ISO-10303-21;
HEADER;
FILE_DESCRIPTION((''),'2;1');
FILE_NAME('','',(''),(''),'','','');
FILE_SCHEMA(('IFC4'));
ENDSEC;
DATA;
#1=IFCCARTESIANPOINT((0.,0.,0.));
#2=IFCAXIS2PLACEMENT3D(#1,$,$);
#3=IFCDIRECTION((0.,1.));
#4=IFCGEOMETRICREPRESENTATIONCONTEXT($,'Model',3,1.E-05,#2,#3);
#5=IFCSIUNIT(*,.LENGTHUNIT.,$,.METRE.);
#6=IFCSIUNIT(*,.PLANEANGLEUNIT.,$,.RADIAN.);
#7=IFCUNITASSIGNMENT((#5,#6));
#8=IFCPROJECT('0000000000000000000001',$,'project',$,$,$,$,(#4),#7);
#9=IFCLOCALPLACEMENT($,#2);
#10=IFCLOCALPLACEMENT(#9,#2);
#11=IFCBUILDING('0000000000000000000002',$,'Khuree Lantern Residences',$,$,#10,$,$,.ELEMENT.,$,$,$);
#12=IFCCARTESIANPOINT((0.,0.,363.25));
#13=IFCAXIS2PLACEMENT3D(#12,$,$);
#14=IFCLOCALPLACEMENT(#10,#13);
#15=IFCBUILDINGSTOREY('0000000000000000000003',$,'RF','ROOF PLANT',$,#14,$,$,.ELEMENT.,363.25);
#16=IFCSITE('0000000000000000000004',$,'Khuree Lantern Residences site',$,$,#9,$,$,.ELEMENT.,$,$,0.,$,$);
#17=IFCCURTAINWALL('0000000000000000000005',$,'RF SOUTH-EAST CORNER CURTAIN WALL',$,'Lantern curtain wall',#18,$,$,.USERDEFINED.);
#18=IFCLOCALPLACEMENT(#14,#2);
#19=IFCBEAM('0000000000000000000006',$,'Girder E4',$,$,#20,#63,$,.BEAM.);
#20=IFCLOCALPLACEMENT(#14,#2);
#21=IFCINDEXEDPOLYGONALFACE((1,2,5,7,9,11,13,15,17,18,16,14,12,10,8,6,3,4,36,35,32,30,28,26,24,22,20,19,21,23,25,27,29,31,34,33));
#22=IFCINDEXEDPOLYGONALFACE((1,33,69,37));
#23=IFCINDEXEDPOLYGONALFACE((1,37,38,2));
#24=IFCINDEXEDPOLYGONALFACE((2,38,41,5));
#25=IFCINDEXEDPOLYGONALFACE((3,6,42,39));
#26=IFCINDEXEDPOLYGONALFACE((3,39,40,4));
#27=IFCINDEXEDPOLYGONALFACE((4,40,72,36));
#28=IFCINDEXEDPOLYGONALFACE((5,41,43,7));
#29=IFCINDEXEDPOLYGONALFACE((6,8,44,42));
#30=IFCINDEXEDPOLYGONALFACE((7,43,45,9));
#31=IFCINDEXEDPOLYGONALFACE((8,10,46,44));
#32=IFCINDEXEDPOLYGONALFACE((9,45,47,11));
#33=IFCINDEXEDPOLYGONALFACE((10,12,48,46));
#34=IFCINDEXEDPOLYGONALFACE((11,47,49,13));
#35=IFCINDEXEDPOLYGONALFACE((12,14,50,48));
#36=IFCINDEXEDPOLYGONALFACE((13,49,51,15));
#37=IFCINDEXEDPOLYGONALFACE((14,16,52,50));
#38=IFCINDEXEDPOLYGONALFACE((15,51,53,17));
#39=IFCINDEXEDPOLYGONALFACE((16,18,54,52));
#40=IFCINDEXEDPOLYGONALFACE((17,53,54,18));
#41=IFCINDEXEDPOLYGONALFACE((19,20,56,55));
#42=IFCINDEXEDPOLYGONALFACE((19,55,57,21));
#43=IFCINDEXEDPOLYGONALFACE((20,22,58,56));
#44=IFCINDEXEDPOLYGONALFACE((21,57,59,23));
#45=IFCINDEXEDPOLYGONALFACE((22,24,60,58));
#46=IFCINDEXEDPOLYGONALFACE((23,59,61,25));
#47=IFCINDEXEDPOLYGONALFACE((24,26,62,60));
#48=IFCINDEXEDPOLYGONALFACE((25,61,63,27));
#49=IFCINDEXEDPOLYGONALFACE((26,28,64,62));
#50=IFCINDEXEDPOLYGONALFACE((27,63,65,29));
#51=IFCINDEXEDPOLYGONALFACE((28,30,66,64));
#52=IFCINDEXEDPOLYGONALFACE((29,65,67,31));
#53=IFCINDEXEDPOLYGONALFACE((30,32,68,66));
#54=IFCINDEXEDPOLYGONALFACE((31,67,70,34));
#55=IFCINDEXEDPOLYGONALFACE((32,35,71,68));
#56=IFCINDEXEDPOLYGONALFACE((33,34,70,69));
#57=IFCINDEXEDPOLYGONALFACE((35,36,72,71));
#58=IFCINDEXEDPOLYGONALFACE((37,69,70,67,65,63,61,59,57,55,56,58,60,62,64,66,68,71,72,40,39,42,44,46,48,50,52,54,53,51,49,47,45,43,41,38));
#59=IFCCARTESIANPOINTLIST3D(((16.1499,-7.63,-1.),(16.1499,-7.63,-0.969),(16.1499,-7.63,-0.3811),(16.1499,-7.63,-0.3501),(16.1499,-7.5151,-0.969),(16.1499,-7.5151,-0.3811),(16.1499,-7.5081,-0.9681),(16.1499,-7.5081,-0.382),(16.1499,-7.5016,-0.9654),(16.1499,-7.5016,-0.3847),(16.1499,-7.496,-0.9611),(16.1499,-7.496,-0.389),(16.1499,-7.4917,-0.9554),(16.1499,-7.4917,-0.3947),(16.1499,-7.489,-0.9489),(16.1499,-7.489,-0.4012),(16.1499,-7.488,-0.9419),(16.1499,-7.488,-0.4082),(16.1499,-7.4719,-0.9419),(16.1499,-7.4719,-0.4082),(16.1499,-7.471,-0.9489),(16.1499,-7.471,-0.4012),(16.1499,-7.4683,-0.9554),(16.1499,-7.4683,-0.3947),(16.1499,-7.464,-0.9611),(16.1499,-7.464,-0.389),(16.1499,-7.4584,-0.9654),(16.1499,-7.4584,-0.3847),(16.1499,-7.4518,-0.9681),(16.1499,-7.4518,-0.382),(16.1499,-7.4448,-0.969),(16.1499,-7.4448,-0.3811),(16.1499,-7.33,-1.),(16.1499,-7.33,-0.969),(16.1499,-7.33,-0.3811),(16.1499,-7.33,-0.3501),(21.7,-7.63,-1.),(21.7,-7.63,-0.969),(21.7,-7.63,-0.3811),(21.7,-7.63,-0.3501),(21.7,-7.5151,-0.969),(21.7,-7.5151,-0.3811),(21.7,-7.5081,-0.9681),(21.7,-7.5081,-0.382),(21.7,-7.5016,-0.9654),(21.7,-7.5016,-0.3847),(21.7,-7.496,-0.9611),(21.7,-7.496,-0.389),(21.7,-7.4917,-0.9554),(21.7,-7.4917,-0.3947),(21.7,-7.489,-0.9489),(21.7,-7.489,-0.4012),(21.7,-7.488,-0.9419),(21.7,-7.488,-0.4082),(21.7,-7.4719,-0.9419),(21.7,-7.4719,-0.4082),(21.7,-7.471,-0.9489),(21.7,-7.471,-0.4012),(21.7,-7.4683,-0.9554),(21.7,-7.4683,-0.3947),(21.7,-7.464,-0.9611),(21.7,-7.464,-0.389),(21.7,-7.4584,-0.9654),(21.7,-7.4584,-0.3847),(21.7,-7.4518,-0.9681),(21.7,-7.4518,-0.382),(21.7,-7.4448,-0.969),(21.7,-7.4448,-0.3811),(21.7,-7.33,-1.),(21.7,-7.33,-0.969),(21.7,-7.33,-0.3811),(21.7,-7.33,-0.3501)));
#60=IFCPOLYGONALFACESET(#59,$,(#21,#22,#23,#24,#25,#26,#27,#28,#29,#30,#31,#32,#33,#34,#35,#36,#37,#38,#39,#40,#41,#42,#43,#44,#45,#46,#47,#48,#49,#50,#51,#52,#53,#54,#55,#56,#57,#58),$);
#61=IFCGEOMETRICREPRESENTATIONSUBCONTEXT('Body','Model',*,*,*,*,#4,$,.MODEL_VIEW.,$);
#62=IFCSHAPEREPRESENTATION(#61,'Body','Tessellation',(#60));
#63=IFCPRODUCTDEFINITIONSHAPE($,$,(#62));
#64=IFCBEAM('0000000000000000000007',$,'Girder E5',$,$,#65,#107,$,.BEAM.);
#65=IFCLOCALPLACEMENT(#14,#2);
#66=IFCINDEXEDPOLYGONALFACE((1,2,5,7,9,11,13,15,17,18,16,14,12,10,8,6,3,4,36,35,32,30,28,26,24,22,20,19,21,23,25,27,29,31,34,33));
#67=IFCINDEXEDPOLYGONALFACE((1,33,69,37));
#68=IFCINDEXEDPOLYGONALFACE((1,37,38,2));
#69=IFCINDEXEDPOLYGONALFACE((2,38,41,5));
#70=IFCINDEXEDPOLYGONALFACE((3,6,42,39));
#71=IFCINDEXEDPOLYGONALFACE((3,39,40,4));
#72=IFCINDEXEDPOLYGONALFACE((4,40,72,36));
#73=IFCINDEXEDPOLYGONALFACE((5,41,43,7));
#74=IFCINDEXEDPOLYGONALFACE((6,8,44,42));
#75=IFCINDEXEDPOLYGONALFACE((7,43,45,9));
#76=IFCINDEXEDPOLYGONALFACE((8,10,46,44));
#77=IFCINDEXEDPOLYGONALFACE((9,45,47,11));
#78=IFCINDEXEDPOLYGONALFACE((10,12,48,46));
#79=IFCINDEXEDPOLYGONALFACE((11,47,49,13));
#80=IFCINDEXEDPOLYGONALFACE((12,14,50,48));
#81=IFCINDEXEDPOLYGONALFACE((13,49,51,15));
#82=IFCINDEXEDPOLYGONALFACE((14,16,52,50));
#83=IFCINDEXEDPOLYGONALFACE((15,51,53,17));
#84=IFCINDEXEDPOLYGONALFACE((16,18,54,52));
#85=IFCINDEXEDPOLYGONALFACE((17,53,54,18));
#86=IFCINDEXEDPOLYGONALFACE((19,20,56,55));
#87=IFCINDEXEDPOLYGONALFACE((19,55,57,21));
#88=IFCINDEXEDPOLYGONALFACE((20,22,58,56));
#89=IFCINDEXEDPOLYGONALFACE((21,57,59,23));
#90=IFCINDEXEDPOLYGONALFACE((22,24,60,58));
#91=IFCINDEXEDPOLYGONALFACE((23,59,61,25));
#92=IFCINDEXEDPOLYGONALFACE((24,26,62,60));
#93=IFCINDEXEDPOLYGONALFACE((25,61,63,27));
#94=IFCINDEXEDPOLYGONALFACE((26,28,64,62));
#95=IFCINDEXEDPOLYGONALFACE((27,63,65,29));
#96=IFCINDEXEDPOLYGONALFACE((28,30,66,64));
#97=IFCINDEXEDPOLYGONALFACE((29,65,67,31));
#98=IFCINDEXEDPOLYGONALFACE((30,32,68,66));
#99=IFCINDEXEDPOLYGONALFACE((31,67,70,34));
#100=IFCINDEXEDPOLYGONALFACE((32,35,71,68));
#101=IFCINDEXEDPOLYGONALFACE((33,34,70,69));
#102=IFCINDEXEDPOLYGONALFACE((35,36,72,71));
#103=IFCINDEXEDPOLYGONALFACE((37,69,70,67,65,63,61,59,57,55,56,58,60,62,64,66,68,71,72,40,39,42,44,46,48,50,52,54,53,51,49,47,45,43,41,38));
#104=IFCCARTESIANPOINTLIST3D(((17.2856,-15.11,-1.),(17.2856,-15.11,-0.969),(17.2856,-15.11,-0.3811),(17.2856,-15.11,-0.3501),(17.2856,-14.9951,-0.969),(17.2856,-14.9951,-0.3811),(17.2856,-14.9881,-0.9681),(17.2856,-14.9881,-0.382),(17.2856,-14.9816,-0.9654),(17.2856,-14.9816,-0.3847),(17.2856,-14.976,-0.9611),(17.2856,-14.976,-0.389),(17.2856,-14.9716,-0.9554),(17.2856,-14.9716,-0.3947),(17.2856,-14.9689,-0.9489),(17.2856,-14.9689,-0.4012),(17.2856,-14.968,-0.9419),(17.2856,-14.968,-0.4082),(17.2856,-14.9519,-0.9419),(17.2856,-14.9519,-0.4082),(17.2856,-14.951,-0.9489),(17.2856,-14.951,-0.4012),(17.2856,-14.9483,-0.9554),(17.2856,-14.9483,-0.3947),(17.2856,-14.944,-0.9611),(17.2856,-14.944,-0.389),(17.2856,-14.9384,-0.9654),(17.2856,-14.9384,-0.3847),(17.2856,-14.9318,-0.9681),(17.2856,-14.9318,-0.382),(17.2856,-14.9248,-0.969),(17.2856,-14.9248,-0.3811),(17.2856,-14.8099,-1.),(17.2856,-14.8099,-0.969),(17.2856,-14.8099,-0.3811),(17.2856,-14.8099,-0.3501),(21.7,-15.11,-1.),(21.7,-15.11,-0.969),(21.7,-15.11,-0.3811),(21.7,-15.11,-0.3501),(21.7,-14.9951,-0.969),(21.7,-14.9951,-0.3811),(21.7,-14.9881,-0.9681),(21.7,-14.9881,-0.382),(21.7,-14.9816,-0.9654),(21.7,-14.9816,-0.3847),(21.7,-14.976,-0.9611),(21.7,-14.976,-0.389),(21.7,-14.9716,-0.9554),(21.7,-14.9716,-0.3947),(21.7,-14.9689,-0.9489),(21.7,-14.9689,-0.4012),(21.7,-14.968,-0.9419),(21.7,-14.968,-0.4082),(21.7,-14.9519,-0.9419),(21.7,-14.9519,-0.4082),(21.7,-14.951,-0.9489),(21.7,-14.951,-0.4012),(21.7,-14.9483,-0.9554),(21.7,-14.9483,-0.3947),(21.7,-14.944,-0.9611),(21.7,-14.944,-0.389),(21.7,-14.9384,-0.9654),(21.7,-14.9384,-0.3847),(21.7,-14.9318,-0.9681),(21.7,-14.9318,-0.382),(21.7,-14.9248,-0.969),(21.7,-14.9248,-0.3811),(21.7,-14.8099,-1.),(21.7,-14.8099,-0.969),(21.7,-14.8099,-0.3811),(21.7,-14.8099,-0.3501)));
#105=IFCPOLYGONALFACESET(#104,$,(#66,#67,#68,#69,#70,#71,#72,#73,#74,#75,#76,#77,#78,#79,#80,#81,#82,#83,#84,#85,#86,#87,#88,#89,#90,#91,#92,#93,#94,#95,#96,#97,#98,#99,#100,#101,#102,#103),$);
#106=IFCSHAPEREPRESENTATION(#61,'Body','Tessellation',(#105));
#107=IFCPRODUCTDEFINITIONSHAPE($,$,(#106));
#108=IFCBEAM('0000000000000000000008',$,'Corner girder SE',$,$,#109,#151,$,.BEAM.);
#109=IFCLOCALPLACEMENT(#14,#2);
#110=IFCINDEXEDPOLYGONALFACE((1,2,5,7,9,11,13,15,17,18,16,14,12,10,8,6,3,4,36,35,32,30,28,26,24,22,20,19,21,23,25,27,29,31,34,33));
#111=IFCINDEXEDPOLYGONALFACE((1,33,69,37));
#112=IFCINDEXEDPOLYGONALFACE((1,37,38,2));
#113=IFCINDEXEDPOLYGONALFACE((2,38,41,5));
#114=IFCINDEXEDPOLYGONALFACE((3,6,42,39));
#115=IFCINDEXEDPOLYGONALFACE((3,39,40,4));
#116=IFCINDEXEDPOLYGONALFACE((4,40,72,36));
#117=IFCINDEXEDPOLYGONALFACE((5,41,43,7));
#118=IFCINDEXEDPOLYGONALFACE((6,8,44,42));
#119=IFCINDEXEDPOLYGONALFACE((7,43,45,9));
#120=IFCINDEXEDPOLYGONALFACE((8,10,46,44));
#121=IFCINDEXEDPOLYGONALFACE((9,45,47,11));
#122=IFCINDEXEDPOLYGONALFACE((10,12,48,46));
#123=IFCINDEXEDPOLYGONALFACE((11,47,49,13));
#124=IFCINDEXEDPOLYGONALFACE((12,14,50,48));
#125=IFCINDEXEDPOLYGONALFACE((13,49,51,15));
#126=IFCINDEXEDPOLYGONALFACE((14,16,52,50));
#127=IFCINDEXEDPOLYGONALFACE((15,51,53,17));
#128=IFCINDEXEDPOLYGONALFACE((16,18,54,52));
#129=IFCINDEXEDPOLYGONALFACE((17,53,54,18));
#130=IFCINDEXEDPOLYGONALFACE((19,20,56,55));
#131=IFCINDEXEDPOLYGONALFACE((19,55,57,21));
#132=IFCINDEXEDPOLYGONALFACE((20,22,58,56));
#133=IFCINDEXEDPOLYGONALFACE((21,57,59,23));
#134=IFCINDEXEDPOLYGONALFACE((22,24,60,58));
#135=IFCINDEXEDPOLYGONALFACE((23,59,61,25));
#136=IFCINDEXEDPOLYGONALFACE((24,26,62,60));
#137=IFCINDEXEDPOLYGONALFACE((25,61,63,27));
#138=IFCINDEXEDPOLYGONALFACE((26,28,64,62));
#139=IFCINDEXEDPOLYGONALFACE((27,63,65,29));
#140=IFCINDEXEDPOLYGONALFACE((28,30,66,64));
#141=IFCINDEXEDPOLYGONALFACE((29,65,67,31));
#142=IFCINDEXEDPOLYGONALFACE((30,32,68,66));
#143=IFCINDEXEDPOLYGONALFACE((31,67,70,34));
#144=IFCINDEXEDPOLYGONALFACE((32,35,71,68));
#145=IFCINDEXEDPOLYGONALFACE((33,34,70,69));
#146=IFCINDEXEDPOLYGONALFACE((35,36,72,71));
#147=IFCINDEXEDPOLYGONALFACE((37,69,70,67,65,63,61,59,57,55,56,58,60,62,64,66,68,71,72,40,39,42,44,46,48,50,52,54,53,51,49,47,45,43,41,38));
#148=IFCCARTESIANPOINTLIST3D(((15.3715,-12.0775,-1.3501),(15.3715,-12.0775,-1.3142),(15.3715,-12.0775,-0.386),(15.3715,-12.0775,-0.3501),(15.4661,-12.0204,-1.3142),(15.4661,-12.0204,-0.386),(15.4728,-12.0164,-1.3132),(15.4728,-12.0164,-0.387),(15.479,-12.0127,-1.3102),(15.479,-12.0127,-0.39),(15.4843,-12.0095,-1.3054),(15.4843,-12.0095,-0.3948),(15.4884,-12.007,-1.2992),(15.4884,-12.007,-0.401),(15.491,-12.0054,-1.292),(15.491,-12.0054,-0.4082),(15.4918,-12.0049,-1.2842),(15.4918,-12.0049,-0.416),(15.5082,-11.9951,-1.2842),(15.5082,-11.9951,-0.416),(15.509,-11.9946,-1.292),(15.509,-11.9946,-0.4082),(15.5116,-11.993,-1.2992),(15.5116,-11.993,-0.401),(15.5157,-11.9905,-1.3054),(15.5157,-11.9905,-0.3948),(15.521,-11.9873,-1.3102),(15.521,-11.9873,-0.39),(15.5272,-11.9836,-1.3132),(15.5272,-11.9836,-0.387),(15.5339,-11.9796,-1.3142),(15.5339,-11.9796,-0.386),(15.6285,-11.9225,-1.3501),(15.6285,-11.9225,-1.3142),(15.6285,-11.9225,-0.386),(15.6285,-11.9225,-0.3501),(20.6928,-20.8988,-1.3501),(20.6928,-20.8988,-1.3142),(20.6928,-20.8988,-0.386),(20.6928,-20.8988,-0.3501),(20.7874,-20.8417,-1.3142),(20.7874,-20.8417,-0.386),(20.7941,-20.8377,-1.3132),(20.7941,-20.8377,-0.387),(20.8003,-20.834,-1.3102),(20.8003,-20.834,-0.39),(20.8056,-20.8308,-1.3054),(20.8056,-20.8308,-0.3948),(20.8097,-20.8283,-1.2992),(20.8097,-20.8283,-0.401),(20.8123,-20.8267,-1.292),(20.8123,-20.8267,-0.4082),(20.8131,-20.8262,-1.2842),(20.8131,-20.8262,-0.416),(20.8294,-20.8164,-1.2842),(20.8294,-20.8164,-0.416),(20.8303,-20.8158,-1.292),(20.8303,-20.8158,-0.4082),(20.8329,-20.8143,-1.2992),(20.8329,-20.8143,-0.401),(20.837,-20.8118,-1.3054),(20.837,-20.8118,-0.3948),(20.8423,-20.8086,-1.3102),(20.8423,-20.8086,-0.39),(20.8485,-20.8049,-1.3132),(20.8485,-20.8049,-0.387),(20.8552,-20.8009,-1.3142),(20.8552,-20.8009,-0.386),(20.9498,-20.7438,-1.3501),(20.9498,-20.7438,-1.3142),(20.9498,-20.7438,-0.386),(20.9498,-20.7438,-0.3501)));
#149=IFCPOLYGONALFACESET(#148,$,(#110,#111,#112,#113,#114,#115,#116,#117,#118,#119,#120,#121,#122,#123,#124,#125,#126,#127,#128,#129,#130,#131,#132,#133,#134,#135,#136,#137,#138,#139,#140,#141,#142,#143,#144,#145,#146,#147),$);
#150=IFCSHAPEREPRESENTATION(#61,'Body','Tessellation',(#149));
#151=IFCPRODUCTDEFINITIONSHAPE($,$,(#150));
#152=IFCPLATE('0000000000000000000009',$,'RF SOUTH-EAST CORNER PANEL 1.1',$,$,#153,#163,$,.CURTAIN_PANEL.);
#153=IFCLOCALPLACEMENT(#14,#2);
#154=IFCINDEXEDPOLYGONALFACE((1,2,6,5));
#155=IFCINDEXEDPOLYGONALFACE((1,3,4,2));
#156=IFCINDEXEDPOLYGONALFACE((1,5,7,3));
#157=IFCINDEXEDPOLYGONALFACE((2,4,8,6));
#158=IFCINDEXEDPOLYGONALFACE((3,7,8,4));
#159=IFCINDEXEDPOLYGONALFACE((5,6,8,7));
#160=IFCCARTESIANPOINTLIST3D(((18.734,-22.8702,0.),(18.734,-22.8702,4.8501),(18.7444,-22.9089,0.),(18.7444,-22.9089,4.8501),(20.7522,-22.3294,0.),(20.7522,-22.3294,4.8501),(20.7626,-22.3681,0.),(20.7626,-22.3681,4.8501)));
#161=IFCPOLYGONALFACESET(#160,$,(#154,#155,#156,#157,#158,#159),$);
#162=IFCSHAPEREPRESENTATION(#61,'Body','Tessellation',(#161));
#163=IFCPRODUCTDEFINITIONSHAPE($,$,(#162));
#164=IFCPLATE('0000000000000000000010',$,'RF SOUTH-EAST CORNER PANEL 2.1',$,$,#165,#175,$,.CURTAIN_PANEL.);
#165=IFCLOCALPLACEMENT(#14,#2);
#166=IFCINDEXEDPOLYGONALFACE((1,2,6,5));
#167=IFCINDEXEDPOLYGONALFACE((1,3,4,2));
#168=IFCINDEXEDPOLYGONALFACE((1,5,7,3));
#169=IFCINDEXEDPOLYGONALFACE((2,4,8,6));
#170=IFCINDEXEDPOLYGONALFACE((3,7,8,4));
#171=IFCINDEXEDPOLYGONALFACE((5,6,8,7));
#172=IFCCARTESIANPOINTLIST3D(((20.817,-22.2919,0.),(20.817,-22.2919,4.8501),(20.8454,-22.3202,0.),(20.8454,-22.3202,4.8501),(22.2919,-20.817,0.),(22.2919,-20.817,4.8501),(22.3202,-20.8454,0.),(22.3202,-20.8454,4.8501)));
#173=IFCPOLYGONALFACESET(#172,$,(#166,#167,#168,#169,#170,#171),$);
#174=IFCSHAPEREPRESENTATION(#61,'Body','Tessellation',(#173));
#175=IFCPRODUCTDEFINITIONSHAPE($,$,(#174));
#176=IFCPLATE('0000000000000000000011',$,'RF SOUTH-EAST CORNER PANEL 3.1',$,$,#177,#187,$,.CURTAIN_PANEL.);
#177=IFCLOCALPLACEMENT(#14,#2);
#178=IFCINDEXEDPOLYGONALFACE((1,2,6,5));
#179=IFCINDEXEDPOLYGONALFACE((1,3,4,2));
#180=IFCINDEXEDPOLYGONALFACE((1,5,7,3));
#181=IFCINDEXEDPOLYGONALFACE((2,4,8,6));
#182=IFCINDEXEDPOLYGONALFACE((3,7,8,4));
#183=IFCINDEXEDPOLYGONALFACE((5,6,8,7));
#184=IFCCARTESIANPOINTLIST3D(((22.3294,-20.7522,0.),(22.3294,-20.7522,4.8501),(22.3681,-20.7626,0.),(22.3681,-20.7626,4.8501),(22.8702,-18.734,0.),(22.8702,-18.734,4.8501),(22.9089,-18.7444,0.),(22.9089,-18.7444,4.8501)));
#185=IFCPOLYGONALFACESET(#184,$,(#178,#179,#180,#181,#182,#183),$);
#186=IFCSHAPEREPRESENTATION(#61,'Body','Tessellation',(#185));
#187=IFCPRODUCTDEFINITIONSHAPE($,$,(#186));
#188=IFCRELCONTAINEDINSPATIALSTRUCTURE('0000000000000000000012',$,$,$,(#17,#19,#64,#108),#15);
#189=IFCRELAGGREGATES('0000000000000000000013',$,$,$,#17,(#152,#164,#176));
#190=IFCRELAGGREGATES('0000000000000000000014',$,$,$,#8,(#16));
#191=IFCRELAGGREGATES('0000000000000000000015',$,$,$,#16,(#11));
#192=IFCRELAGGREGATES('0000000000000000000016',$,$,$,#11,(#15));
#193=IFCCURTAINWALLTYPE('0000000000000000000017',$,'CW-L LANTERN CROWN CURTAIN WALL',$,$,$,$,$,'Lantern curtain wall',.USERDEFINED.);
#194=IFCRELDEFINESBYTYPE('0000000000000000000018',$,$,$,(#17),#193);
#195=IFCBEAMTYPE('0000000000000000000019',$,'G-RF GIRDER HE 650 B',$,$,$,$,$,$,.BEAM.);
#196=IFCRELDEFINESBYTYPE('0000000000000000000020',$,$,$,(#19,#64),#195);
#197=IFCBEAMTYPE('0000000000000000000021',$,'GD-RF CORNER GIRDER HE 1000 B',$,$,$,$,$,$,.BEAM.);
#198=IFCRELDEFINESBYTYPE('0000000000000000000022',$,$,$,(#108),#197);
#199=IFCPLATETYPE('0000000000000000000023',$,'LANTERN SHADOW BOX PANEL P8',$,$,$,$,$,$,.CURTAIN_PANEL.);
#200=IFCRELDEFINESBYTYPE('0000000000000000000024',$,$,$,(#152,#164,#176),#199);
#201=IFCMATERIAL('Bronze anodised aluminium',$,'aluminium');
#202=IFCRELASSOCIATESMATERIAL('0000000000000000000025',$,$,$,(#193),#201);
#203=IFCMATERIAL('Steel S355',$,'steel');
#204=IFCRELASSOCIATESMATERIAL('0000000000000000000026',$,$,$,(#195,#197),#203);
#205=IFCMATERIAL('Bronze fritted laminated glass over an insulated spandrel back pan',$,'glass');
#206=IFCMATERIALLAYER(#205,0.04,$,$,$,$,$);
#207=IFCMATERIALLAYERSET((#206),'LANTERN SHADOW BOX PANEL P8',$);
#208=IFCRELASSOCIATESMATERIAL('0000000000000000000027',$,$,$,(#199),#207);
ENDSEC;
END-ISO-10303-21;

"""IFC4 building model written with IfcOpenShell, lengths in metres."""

from ifc_helpers import new_model, si_unit, direction, frame, origin, origin_2d, place, context, subcontext, project, spatial, rectangle, i_section, extrude, material, layer, layer_set, material_profile, profile_set, type_object, element, aggregate, save


model = new_model("IFC4")

# Units and contexts
model_context = context("Model", 3, precision=1e-05, world=origin(), true_north=direction((0.0, 1.0)))
body_context = subcontext(model_context, "Body", "Model", "MODEL_VIEW")
ifc_project = project(units=[si_unit("LENGTHUNIT", "METRE"), si_unit("PLANEANGLEUNIT", "RADIAN")], contexts=[model_context])

# Site, building, storey
site_placement = place(None, origin())
site = spatial("IfcSite", under=ifc_project, at=site_placement, Name="Khuree Lantern Residences site", CompositionType="ELEMENT", RefElevation=0.0)
building_placement = place(site_placement, origin())
building = spatial("IfcBuilding", under=site, at=building_placement, Name="Khuree Lantern Residences", CompositionType="ELEMENT")
storey_placement = place(building_placement, frame((0.0, 0.0, 363.25)))
storey = spatial("IfcBuildingStorey", under=building, at=storey_placement, Name="RF", Description="ROOF PLANT", CompositionType="ELEMENT", Elevation=363.25)

# Shared definitions
ifc_material_1 = material(Name="Steel S355", Category="steel")

# Curtain wall
ifc_material_2 = material(Name="Bronze anodised aluminium", Category="aluminium")
curtain_wall_type = type_object("IfcCurtainWallType", Name="CW-L LANTERN CROWN CURTAIN WALL", ElementType="Lantern curtain wall", PredefinedType="USERDEFINED", material=ifc_material_2)
curtain_wall_1_placement = place(storey_placement, origin())
curtain_wall_1 = element("IfcCurtainWall", 1, at=curtain_wall_1_placement, inside=storey, type_object=curtain_wall_type, Name="RF SOUTH-EAST CORNER CURTAIN WALL", ObjectType="Lantern curtain wall", PredefinedType="USERDEFINED")

# Beams
ifc_material_profile_1 = material_profile(ifc_material_1, i_section(OverallWidth=0.3, OverallDepth=0.6499, WebThickness=0.0161, FlangeThickness=0.031, FilletRadius=0.0271, at=origin_2d()), Name="HE 650 B")
ifc_profile_set_1 = profile_set([ifc_material_profile_1], Name="Steel S355")
beam_type_1 = type_object("IfcBeamType", Name="G-RF GIRDER HE 650 B", PredefinedType="BEAM", material=ifc_profile_set_1)
for number, where, z_axis, x_axis, name in (
    (2, (21.7, -7.48, -0.675), (-1.0, 0.0, 0.0), (0.0, -1.0, 0.0), "Girder E4"),
):
    element("IfcBeam", number, at=place(storey_placement, frame(where, z_axis=z_axis, x_axis=x_axis)), inside=storey, type_object=beam_type_1, Name=name, PredefinedType="BEAM", context=body_context, shape_type="SweptSolid", body=[
        extrude(i_section(OverallWidth=0.3, OverallDepth=0.6499, WebThickness=0.0161, FlangeThickness=0.031, FilletRadius=0.0271, at=origin_2d()), origin(), (0.0, 0.0, 1.0), 5.55),
    ])
beam_1_placement = place(storey_placement, frame((21.7, -14.96, -0.675), z_axis=(-1.0, 0.0, 0.0), x_axis=(0.0, -1.0, 0.0)))
element("IfcBeam", 3, at=beam_1_placement, inside=storey, type_object=beam_type_1, Name="Girder E5", PredefinedType="BEAM", context=body_context, shape_type="SweptSolid", body=[
    extrude(i_section(OverallWidth=0.3, OverallDepth=0.6499, WebThickness=0.0161, FlangeThickness=0.031, FilletRadius=0.0271, at=origin_2d()), origin(), (0.0, 0.0, 1.0), 4.4143),
])
ifc_material_profile_2 = material_profile(ifc_material_1, i_section(OverallWidth=0.3, OverallDepth=1.0, WebThickness=0.019, FlangeThickness=0.0359, FilletRadius=0.03, at=origin_2d()), Name="HE 1000 B")
ifc_profile_set_2 = profile_set([ifc_material_profile_2], Name="Steel S355")
beam_type_2 = type_object("IfcBeamType", Name="GD-RF CORNER GIRDER HE 1000 B", PredefinedType="BEAM", material=ifc_profile_set_2)
beam_2_placement = place(storey_placement, frame((20.8213, -20.8213, -0.8501), z_axis=(-0.51653, 0.856269, 0.0), x_axis=(-0.856269, -0.51653, 0.0)))
element("IfcBeam", 4, at=beam_2_placement, inside=storey, type_object=beam_type_2, Name="Corner girder SE", PredefinedType="BEAM", context=body_context, shape_type="SweptSolid", body=[
    extrude(i_section(OverallWidth=0.3, OverallDepth=1.0, WebThickness=0.019, FlangeThickness=0.0359, FilletRadius=0.03, at=origin_2d()), origin(), (0.0, 0.0, 1.0), 10.302),
])

# Plates
ifc_material_3 = material(Name="Bronze fritted laminated glass over an insulated spandrel back pan", Category="glass")
ifc_layer = layer(ifc_material_3, 0.04)
ifc_layer_set = layer_set([ifc_layer], Name="LANTERN SHADOW BOX PANEL P8")
plate_type = type_object("IfcPlateType", Name="LANTERN SHADOW BOX PANEL P8", PredefinedType="CURTAIN_PANEL", material=ifc_layer_set)
plate_1_placement = place(storey_placement, frame((19.7483, -22.6191, 0.0), z_axis=(0.0, 0.0, 1.0), x_axis=(0.965926, 0.258819, 0.0)))
plate_1 = element("IfcPlate", 5, at=plate_1_placement, type_object=plate_type, Name="RF SOUTH-EAST CORNER PANEL 1.1", PredefinedType="CURTAIN_PANEL", context=body_context, shape_type="SweptSolid", body=[
    extrude(rectangle(XDim=2.0894, YDim=0.04, at=origin_2d()), origin(), (0.0, 0.0, 1.0), 4.8501),
])
plate_2_placement = place(storey_placement, frame((21.5686, -21.5686, 0.0), z_axis=(0.0, 0.0, 1.0), x_axis=(0.707107, 0.707107, 0.0)))
plate_2 = element("IfcPlate", 6, at=plate_2_placement, type_object=plate_type, Name="RF SOUTH-EAST CORNER PANEL 2.1", PredefinedType="CURTAIN_PANEL", context=body_context, shape_type="SweptSolid", body=[
    extrude(rectangle(XDim=2.0857, YDim=0.04, at=origin_2d()), origin(), (0.0, 0.0, 1.0), 4.8501),
])
plate_3_placement = place(storey_placement, frame((22.6191, -19.7483, 0.0), z_axis=(0.0, 0.0, 1.0), x_axis=(0.258819, 0.965926, 0.0)))
plate_3 = element("IfcPlate", 7, at=plate_3_placement, type_object=plate_type, Name="RF SOUTH-EAST CORNER PANEL 3.1", PredefinedType="CURTAIN_PANEL", context=body_context, shape_type="SweptSolid", body=[
    extrude(rectangle(XDim=2.0894, YDim=0.04, at=origin_2d()), origin(), (0.0, 0.0, 1.0), 4.8501),
])
aggregate(curtain_wall_1, [plate_1, plate_2, plate_3])

save(model, "model.ifc")
